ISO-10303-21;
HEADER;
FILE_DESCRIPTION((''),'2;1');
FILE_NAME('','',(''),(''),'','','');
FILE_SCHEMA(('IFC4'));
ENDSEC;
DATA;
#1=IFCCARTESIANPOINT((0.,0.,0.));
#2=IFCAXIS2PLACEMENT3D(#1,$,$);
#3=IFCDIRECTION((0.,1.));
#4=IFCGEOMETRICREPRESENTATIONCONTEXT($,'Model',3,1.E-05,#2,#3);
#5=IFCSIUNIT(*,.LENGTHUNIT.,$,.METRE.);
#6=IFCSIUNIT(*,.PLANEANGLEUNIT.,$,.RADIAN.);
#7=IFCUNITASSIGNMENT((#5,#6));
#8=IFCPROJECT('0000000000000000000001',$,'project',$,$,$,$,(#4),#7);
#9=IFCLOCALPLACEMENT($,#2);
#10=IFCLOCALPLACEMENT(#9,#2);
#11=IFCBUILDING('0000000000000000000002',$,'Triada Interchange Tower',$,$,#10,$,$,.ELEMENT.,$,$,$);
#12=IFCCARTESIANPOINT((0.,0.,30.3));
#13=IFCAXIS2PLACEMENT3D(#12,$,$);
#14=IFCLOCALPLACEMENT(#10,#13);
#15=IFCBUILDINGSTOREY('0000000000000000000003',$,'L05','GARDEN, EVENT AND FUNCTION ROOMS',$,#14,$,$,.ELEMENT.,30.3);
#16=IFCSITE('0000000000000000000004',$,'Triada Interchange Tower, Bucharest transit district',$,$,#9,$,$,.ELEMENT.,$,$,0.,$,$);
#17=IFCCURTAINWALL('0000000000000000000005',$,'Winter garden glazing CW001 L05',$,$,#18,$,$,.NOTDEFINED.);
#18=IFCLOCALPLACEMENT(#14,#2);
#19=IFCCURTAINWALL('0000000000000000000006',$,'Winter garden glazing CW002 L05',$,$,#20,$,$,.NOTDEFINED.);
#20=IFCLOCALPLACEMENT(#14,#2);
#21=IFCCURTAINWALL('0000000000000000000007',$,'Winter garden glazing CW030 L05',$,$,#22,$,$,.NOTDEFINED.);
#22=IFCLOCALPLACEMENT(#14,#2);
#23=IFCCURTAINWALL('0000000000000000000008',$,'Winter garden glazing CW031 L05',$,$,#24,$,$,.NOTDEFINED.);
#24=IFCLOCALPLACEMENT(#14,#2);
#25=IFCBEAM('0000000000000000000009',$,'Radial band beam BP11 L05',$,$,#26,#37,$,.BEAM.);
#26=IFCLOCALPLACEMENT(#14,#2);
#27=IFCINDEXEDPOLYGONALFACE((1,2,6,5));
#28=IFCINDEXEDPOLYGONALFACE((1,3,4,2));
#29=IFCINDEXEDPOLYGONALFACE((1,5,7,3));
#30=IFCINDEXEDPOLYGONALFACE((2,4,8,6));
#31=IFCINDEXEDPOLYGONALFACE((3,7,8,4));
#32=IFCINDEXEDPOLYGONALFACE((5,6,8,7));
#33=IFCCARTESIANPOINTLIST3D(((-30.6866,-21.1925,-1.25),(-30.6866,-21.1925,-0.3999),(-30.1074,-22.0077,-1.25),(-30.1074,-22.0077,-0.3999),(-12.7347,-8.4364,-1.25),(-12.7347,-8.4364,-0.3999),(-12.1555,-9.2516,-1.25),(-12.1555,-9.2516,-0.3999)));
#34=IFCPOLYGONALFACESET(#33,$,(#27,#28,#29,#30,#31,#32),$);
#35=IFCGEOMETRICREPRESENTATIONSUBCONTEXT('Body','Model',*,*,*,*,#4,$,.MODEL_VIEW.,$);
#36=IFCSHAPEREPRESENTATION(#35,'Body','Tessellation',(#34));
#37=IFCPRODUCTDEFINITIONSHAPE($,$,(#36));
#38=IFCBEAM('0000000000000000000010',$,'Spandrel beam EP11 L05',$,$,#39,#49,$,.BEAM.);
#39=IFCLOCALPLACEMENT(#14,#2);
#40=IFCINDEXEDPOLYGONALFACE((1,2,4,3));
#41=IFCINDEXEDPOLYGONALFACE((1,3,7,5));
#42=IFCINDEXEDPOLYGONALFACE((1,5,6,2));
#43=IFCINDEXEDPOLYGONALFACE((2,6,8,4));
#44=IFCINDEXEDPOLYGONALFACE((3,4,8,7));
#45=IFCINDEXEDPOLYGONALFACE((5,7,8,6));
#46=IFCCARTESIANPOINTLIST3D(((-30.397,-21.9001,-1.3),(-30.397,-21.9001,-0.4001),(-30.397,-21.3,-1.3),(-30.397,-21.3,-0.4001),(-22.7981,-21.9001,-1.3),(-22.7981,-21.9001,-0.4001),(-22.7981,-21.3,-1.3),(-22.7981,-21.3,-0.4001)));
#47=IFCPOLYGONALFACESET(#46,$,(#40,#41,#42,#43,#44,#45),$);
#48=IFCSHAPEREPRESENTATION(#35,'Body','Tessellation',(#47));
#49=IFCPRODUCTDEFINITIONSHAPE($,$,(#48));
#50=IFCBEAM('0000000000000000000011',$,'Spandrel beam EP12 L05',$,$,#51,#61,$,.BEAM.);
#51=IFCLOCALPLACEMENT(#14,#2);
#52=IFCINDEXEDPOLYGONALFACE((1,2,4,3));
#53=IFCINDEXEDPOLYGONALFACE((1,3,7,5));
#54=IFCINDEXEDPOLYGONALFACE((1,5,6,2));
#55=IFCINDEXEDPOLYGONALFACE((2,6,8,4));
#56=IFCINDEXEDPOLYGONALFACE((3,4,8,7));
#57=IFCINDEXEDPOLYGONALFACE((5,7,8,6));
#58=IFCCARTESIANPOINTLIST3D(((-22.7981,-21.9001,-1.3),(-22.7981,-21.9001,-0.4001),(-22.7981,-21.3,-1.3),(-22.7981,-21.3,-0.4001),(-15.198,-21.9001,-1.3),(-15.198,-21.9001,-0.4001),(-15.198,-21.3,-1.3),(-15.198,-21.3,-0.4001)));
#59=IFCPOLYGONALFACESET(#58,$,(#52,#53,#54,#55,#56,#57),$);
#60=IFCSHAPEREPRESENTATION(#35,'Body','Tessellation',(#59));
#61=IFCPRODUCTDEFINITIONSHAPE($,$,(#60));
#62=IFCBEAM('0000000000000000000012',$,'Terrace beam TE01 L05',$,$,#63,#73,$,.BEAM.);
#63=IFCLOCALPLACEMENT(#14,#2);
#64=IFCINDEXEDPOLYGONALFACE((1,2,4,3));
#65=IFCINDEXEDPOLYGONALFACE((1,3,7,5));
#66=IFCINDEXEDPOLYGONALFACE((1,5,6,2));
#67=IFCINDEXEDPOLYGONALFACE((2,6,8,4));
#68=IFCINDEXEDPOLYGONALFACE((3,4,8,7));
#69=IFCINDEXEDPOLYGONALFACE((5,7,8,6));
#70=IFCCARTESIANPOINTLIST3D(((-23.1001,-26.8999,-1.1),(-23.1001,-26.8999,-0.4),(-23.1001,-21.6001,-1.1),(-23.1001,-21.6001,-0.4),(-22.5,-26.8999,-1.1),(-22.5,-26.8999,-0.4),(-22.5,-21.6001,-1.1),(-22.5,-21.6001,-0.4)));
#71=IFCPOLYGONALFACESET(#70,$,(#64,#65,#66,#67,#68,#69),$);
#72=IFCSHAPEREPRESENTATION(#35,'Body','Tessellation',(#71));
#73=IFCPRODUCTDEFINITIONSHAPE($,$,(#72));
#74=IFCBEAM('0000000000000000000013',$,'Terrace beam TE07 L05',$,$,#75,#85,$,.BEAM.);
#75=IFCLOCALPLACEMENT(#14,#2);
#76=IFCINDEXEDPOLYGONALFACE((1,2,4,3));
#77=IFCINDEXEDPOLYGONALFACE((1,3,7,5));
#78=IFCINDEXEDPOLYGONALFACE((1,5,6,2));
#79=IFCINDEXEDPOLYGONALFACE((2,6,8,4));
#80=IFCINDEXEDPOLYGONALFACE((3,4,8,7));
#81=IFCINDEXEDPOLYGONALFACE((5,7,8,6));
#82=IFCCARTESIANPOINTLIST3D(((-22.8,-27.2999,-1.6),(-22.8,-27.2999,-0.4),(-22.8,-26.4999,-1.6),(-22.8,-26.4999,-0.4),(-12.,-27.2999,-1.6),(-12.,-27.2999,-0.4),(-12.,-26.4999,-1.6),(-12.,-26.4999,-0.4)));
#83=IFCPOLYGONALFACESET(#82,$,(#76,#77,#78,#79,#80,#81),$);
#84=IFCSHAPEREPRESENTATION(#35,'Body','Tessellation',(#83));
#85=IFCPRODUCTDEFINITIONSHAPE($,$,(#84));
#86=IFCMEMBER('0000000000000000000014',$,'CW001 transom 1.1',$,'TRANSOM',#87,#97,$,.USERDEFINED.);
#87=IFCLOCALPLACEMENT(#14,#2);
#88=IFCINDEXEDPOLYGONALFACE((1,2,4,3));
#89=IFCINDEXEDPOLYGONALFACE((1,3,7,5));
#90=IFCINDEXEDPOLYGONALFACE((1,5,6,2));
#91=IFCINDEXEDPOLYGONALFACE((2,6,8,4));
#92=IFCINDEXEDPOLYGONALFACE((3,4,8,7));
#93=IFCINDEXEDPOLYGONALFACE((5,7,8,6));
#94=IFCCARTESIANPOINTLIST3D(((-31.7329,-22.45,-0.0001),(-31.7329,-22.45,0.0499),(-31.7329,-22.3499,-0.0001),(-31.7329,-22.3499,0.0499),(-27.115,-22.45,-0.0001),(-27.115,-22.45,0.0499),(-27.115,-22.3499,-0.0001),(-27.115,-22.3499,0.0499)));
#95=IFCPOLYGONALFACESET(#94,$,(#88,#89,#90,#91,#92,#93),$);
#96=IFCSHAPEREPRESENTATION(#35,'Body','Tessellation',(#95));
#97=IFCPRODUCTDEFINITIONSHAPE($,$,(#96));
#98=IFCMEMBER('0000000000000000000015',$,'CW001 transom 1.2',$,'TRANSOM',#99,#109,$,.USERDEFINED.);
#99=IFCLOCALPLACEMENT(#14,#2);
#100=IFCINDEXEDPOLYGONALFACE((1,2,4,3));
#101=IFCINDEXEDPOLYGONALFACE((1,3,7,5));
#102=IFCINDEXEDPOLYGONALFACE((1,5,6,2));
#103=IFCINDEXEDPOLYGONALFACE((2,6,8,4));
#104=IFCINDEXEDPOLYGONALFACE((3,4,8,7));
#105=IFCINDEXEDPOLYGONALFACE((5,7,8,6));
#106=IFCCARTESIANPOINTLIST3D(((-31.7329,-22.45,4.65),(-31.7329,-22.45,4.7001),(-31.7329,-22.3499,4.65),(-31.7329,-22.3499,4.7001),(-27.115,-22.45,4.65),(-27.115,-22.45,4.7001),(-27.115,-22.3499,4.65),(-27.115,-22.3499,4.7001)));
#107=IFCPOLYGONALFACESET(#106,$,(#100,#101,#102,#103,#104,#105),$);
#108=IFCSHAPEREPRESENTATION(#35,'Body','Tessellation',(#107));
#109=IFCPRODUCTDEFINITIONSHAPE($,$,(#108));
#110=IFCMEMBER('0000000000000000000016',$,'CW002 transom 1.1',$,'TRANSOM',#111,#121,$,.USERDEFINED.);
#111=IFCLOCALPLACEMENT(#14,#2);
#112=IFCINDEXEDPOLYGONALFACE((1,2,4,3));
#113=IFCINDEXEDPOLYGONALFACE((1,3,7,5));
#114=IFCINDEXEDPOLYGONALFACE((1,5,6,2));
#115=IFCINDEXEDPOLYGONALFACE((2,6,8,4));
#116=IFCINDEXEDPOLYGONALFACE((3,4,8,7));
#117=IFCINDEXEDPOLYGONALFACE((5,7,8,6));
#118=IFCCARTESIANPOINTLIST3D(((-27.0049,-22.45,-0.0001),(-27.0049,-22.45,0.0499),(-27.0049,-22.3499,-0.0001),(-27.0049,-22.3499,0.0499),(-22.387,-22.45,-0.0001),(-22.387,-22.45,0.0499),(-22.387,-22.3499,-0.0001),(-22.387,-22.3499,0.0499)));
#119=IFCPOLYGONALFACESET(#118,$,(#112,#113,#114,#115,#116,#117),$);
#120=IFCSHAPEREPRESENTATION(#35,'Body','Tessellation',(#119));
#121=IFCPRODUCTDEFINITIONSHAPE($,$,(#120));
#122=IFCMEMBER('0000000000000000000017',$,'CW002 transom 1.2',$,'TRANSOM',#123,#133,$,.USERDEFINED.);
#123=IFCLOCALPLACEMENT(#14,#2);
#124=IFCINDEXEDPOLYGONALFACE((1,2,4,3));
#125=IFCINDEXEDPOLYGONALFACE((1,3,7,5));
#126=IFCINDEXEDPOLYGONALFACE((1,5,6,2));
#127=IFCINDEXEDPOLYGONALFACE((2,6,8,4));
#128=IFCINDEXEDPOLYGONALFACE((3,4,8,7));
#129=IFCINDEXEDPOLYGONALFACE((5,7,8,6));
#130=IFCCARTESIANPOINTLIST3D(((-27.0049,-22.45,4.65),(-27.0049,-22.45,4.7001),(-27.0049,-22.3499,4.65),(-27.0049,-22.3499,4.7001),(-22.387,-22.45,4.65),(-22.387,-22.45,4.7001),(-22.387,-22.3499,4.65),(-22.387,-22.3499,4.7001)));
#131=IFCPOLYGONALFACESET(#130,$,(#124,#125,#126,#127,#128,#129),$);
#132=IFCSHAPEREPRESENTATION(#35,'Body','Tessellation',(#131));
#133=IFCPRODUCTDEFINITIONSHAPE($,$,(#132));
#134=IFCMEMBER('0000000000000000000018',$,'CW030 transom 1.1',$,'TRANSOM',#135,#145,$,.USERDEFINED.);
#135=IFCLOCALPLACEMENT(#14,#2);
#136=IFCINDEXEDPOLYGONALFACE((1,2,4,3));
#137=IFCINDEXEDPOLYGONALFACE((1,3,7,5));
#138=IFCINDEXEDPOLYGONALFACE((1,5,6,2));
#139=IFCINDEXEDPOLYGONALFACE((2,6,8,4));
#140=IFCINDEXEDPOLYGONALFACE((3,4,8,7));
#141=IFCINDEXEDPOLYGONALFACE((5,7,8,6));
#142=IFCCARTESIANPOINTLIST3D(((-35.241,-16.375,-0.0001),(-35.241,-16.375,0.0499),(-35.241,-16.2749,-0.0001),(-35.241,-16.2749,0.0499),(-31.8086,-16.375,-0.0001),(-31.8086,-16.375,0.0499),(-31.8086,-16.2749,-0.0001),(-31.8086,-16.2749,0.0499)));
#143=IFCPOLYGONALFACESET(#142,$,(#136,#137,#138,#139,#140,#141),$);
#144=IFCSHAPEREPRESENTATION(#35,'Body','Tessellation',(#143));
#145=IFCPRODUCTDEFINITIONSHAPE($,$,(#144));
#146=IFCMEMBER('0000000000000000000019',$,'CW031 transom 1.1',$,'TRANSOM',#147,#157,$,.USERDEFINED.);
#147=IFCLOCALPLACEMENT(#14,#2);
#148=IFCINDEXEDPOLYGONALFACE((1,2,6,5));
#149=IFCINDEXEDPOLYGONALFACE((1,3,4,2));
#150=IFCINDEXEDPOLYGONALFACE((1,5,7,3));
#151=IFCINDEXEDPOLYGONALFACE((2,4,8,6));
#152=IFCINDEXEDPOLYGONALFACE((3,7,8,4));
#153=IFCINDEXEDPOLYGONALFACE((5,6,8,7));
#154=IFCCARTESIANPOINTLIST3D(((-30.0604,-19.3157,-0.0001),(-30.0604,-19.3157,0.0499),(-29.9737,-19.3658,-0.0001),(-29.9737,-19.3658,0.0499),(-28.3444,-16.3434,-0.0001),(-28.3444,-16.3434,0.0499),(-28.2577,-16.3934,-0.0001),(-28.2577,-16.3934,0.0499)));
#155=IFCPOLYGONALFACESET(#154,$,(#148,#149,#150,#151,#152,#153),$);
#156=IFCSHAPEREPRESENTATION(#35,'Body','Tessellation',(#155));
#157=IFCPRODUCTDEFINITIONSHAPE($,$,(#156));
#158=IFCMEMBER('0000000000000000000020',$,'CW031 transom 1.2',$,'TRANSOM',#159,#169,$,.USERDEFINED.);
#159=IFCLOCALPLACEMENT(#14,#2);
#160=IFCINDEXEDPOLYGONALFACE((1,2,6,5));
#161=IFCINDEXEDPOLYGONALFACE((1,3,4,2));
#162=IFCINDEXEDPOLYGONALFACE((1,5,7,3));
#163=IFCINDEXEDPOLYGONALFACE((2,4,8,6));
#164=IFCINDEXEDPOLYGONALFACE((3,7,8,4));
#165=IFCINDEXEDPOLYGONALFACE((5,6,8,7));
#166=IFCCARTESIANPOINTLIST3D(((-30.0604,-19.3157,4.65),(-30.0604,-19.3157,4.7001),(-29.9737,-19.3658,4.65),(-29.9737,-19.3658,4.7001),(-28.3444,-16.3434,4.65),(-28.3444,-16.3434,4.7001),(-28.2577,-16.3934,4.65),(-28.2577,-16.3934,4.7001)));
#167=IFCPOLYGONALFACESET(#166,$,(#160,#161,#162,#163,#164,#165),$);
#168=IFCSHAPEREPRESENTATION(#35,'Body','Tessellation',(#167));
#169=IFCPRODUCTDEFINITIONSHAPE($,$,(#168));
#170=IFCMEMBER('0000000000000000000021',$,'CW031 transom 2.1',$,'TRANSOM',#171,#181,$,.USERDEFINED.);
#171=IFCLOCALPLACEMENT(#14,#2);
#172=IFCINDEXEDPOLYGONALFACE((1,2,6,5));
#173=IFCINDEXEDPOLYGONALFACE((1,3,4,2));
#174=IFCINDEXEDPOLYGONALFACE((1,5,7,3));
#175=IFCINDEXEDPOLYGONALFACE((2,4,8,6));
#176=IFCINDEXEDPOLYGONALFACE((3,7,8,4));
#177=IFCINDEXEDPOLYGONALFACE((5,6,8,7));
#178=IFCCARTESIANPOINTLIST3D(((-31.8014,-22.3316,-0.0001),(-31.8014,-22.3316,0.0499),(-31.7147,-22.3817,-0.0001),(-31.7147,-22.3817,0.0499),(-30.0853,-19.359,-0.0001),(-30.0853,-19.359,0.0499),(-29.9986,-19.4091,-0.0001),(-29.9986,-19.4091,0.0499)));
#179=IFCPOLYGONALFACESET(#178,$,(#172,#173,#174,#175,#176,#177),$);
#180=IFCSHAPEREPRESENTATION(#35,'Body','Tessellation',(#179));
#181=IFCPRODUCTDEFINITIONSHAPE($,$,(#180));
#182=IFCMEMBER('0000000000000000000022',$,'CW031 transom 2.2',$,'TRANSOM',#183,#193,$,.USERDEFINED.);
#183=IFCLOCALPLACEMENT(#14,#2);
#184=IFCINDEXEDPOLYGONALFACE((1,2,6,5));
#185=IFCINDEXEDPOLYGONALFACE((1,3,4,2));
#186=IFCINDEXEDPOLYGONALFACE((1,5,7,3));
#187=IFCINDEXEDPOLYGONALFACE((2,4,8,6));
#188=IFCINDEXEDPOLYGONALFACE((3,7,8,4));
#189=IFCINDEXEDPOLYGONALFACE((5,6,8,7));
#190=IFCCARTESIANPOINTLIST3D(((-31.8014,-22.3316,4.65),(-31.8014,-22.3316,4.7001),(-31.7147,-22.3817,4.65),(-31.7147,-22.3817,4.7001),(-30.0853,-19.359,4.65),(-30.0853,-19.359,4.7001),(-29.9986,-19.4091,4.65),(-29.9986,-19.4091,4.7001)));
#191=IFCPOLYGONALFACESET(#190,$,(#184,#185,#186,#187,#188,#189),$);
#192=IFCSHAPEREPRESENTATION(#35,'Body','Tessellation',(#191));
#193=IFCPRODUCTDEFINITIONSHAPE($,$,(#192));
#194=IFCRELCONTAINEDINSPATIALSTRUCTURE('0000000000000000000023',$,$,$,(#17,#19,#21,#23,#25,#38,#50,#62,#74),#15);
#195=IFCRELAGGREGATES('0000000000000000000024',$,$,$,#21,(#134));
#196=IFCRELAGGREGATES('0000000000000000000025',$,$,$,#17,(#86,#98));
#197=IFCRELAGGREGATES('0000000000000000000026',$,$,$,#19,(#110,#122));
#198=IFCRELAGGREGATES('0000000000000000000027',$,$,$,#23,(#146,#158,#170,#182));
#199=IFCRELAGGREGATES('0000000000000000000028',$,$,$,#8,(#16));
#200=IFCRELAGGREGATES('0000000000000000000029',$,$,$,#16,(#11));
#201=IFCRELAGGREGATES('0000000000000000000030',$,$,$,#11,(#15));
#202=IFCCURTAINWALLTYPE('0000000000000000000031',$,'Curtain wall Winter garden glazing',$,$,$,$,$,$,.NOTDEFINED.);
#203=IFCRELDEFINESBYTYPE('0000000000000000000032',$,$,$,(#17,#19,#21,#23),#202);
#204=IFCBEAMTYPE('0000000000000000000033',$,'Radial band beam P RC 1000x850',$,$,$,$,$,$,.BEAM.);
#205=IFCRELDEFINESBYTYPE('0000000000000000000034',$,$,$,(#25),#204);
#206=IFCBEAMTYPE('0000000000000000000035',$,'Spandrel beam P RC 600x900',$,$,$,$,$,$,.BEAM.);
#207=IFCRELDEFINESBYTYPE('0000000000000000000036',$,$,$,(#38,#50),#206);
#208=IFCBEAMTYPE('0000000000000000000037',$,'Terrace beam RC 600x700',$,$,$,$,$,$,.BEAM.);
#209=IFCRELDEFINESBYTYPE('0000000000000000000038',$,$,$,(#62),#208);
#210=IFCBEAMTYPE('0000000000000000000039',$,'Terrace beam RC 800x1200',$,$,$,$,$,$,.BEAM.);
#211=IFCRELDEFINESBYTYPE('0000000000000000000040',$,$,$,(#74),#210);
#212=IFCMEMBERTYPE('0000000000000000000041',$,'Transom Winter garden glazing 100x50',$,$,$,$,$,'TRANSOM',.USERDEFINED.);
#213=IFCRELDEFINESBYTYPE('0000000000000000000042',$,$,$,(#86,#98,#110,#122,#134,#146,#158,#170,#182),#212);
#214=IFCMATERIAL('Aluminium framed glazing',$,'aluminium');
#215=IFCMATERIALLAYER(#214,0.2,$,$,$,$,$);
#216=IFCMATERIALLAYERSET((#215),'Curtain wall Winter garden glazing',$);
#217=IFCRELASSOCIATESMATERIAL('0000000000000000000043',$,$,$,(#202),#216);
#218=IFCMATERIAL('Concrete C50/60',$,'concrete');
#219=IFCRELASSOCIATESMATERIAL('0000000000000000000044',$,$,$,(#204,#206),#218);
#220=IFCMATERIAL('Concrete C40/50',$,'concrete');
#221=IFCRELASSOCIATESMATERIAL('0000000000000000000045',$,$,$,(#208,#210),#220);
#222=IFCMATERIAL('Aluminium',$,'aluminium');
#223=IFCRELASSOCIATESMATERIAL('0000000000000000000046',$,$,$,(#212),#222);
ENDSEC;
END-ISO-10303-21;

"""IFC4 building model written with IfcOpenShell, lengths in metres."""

from ifc_helpers import new_model, si_unit, direction, frame, origin, origin_2d, place, context, subcontext, project, spatial, rectangle, extrude, material, layer, layer_set, material_profile, profile_set, type_object, element, aggregate, save


model = new_model("IFC4")

# Units and contexts
model_context = context("Model", 3, precision=1e-05, world=origin(), true_north=direction((0.0, 1.0)))
body_context = subcontext(model_context, "Body", "Model", "MODEL_VIEW")
ifc_project = project(units=[si_unit("LENGTHUNIT", "METRE"), si_unit("PLANEANGLEUNIT", "RADIAN")], contexts=[model_context])

# Site, building, storey
site_placement = place(None, origin())
site = spatial("IfcSite", under=ifc_project, at=site_placement, Name="Triada Interchange Tower, Bucharest transit district", CompositionType="ELEMENT", RefElevation=0.0)
building_placement = place(site_placement, origin())
building = spatial("IfcBuilding", under=site, at=building_placement, Name="Triada Interchange Tower", CompositionType="ELEMENT")
storey_placement = place(building_placement, frame((0.0, 0.0, 30.3)))
storey = spatial("IfcBuildingStorey", under=building, at=storey_placement, Name="L05", Description="GARDEN, EVENT AND FUNCTION ROOMS", CompositionType="ELEMENT", Elevation=30.3)

# Curtain walls
ifc_material_1 = material(Name="Aluminium framed glazing", Category="aluminium")
ifc_layer_1 = layer(ifc_material_1, 0.2)
ifc_layer_set_1 = layer_set([ifc_layer_1], Name="Curtain wall Winter garden glazing")
curtain_wall_type = type_object("IfcCurtainWallType", Name="Curtain wall Winter garden glazing", PredefinedType="NOTDEFINED", material=ifc_layer_set_1)
curtain_wall_1_placement = place(storey_placement, origin())
curtain_wall_1 = element("IfcCurtainWall", 1, at=curtain_wall_1_placement, inside=storey, type_object=curtain_wall_type, Name="Winter garden glazing CW001 L05", PredefinedType="NOTDEFINED")
ifc_material_2 = material(Name="Aluminium", Category="aluminium")
curtain_wall_2_placement = place(storey_placement, origin())
curtain_wall_2 = element("IfcCurtainWall", 2, at=curtain_wall_2_placement, inside=storey, type_object=curtain_wall_type, Name="Winter garden glazing CW002 L05", PredefinedType="NOTDEFINED")

# Curtain wall
curtain_wall_3_placement = place(storey_placement, origin())
curtain_wall_3 = element("IfcCurtainWall", 3, at=curtain_wall_3_placement, inside=storey, type_object=curtain_wall_type, Name="Winter garden glazing CW030 L05", PredefinedType="NOTDEFINED")

# Curtain wall
curtain_wall_4_placement = place(storey_placement, origin())
curtain_wall_4 = element("IfcCurtainWall", 4, at=curtain_wall_4_placement, inside=storey, type_object=curtain_wall_type, Name="Winter garden glazing CW031 L05", PredefinedType="NOTDEFINED")

# Beams
ifc_material_3 = material(Name="Concrete C50/60", Category="concrete")
ifc_material_profile_1 = material_profile(ifc_material_3, rectangle(XDim=1.0, YDim=0.8501, at=origin_2d()), Name="RC 1000x850")
ifc_profile_set_1 = profile_set([ifc_material_profile_1], Name="Concrete C50/60")
beam_type_1 = type_object("IfcBeamType", Name="Radial band beam P RC 1000x850", PredefinedType="BEAM", material=ifc_profile_set_1)
beam_1_placement = place(storey_placement, frame((-30.397, -21.6001, -0.825), z_axis=(0.815163, 0.579231, 0.0), x_axis=(-0.579231, 0.815163, 0.0)))
element("IfcBeam", 5, at=beam_1_placement, inside=storey, type_object=beam_type_1, Name="Radial band beam BP11 L05", PredefinedType="BEAM", context=body_context, shape_type="SweptSolid", body=[
    extrude(rectangle(XDim=1.0, YDim=0.8501, at=origin_2d()), origin(), (0.0, 0.0, 1.0), 22.0225),
])
ifc_material_profile_2 = material_profile(ifc_material_3, rectangle(XDim=0.6001, YDim=0.8999, at=origin_2d()), Name="RC 600x900")
ifc_profile_set_2 = profile_set([ifc_material_profile_2], Name="Concrete C50/60")
beam_type_2 = type_object("IfcBeamType", Name="Spandrel beam P RC 600x900", PredefinedType="BEAM", material=ifc_profile_set_2)
beam_2_placement = place(storey_placement, frame((-30.397, -21.6001, -0.8501), z_axis=(1.0, 0.0, 0.0), x_axis=(0.0, 1.0, 0.0)))
element("IfcBeam", 6, at=beam_2_placement, inside=storey, type_object=beam_type_2, Name="Spandrel beam EP11 L05", PredefinedType="BEAM", context=body_context, shape_type="SweptSolid", body=[
    extrude(rectangle(XDim=0.6001, YDim=0.8999, at=origin_2d()), origin(), (0.0, 0.0, 1.0), 7.5989),
])
beam_3_placement = place(storey_placement, frame((-22.7981, -21.6001, -0.8501), z_axis=(1.0, 0.0, 0.0), x_axis=(0.0, 1.0, 0.0)))
element("IfcBeam", 7, at=beam_3_placement, inside=storey, type_object=beam_type_2, Name="Spandrel beam EP12 L05", PredefinedType="BEAM", context=body_context, shape_type="SweptSolid", body=[
    extrude(rectangle(XDim=0.6001, YDim=0.8999, at=origin_2d()), origin(), (0.0, 0.0, 1.0), 7.6001),
])
ifc_material_4 = material(Name="Concrete C40/50", Category="concrete")
ifc_material_profile_3 = material_profile(ifc_material_4, rectangle(XDim=0.6001, YDim=0.7, at=origin_2d()), Name="RC 600x700")
ifc_profile_set_3 = profile_set([ifc_material_profile_3], Name="Concrete C40/50")
beam_type_3 = type_object("IfcBeamType", Name="Terrace beam RC 600x700", PredefinedType="BEAM", material=ifc_profile_set_3)
beam_4_placement = place(storey_placement, frame((-22.8, -26.8999, -0.75), z_axis=(0.0, 1.0, 0.0), x_axis=(-1.0, 0.0, 0.0)))
element("IfcBeam", 8, at=beam_4_placement, inside=storey, type_object=beam_type_3, Name="Terrace beam TE01 L05", PredefinedType="BEAM", context=body_context, shape_type="SweptSolid", body=[
    extrude(rectangle(XDim=0.6001, YDim=0.7, at=origin_2d()), origin(), (0.0, 0.0, 1.0), 5.2998),
])
ifc_material_profile_4 = material_profile(ifc_material_4, rectangle(XDim=0.8, YDim=1.2, at=origin_2d()), Name="RC 800x1200")
ifc_profile_set_4 = profile_set([ifc_material_profile_4], Name="Concrete C40/50")
beam_type_4 = type_object("IfcBeamType", Name="Terrace beam RC 800x1200", PredefinedType="BEAM", material=ifc_profile_set_4)
beam_5_placement = place(storey_placement, frame((-22.8, -26.8999, -1.0), z_axis=(1.0, 0.0, 0.0), x_axis=(0.0, 1.0, 0.0)))
element("IfcBeam", 9, at=beam_5_placement, inside=storey, type_object=beam_type_4, Name="Terrace beam TE07 L05", PredefinedType="BEAM", context=body_context, shape_type="SweptSolid", body=[
    extrude(rectangle(XDim=0.8, YDim=1.2, at=origin_2d()), origin(), (0.0, 0.0, 1.0), 10.8),
])

# Members
ifc_material_profile_5 = material_profile(ifc_material_2, rectangle(XDim=0.1001, YDim=0.05, at=origin_2d()), Name="Aluminium transom")
ifc_profile_set_5 = profile_set([ifc_material_profile_5], Name="Aluminium")
member_type_1 = type_object("IfcMemberType", Name="Transom Winter garden glazing 100x50", ElementType="TRANSOM", PredefinedType="USERDEFINED", material=ifc_profile_set_5)
member_1_placement = place(storey_placement, frame((-31.7329, -22.3999, 0.0249), z_axis=(1.0, 0.0, 0.0), x_axis=(0.0, 1.0, 0.0)))
member_1 = element("IfcMember", 10, at=member_1_placement, type_object=member_type_1, Name="CW001 transom 1.1", ObjectType="TRANSOM", PredefinedType="USERDEFINED", context=body_context, shape_type="SweptSolid", body=[
    extrude(rectangle(XDim=0.1001, YDim=0.05, at=origin_2d()), origin(), (0.0, 0.0, 1.0), 4.6179),
])
member_2_placement = place(storey_placement, frame((-31.7329, -22.3999, 4.675), z_axis=(1.0, 0.0, 0.0), x_axis=(0.0, 1.0, 0.0)))
member_2 = element("IfcMember", 11, at=member_2_placement, type_object=member_type_1, Name="CW001 transom 1.2", ObjectType="TRANSOM", PredefinedType="USERDEFINED", context=body_context, shape_type="SweptSolid", body=[
    extrude(rectangle(XDim=0.1001, YDim=0.05, at=origin_2d()), origin(), (0.0, 0.0, 1.0), 4.6179),
])
member_3_placement = place(storey_placement, frame((-27.0049, -22.3999, 0.0249), z_axis=(1.0, 0.0, 0.0), x_axis=(0.0, 1.0, 0.0)))
member_3 = element("IfcMember", 12, at=member_3_placement, type_object=member_type_1, Name="CW002 transom 1.1", ObjectType="TRANSOM", PredefinedType="USERDEFINED", context=body_context, shape_type="SweptSolid", body=[
    extrude(rectangle(XDim=0.1001, YDim=0.05, at=origin_2d()), origin(), (0.0, 0.0, 1.0), 4.6179),
])
member_4_placement = place(storey_placement, frame((-27.0049, -22.3999, 4.675), z_axis=(1.0, 0.0, 0.0), x_axis=(0.0, 1.0, 0.0)))
member_4 = element("IfcMember", 13, at=member_4_placement, type_object=member_type_1, Name="CW002 transom 1.2", ObjectType="TRANSOM", PredefinedType="USERDEFINED", context=body_context, shape_type="SweptSolid", body=[
    extrude(rectangle(XDim=0.1001, YDim=0.05, at=origin_2d()), origin(), (0.0, 0.0, 1.0), 4.6179),
])
member_5_placement = place(storey_placement, frame((-35.241, -16.325, 0.0249), z_axis=(1.0, 0.0, 0.0), x_axis=(0.0, 1.0, 0.0)))
member_5 = element("IfcMember", 14, at=member_5_placement, type_object=member_type_1, Name="CW030 transom 1.1", ObjectType="TRANSOM", PredefinedType="USERDEFINED", context=body_context, shape_type="SweptSolid", body=[
    extrude(rectangle(XDim=0.1001, YDim=0.05, at=origin_2d()), origin(), (0.0, 0.0, 1.0), 3.4324),
])
aggregate(curtain_wall_3, [member_5])
member_6_placement = place(storey_placement, frame((-28.301, -16.3684, 0.0249), z_axis=(-0.499987, -0.866033, 0.0), x_axis=(0.866033, -0.499987, 0.0)))
member_6 = element("IfcMember", 15, at=member_6_placement, type_object=member_type_1, Name="CW031 transom 1.1", ObjectType="TRANSOM", PredefinedType="USERDEFINED", context=body_context, shape_type="SweptSolid", body=[
    extrude(rectangle(XDim=0.1001, YDim=0.05, at=origin_2d()), origin(), (0.0, 0.0, 1.0), 3.4321),
])
member_7_placement = place(storey_placement, frame((-28.301, -16.3684, 4.675), z_axis=(-0.499987, -0.866033, 0.0), x_axis=(0.866033, -0.499987, 0.0)))
member_7 = element("IfcMember", 16, at=member_7_placement, type_object=member_type_1, Name="CW031 transom 1.2", ObjectType="TRANSOM", PredefinedType="USERDEFINED", context=body_context, shape_type="SweptSolid", body=[
    extrude(rectangle(XDim=0.1001, YDim=0.05, at=origin_2d()), origin(), (0.0, 0.0, 1.0), 3.4321),
])
member_8_placement = place(storey_placement, frame((-30.042, -19.384, 0.0249), z_axis=(-0.499956, -0.866051, 0.0), x_axis=(0.866051, -0.499956, 0.0)))
member_8 = element("IfcMember", 17, at=member_8_placement, type_object=member_type_1, Name="CW031 transom 2.1", ObjectType="TRANSOM", PredefinedType="USERDEFINED", context=body_context, shape_type="SweptSolid", body=[
    extrude(rectangle(XDim=0.1001, YDim=0.05, at=origin_2d()), origin(), (0.0, 0.0, 1.0), 3.4324),
])
member_9_placement = place(storey_placement, frame((-30.042, -19.384, 4.675), z_axis=(-0.499956, -0.866051, 0.0), x_axis=(0.866051, -0.499956, 0.0)))
member_9 = element("IfcMember", 18, at=member_9_placement, type_object=member_type_1, Name="CW031 transom 2.2", ObjectType="TRANSOM", PredefinedType="USERDEFINED", context=body_context, shape_type="SweptSolid", body=[
    extrude(rectangle(XDim=0.1001, YDim=0.05, at=origin_2d()), origin(), (0.0, 0.0, 1.0), 3.4324),
])

aggregate(curtain_wall_1, [member_1, member_2])
aggregate(curtain_wall_2, [member_3, member_4])
aggregate(curtain_wall_4, [member_6, member_7, member_8, member_9])

save(model, "model.ifc")
